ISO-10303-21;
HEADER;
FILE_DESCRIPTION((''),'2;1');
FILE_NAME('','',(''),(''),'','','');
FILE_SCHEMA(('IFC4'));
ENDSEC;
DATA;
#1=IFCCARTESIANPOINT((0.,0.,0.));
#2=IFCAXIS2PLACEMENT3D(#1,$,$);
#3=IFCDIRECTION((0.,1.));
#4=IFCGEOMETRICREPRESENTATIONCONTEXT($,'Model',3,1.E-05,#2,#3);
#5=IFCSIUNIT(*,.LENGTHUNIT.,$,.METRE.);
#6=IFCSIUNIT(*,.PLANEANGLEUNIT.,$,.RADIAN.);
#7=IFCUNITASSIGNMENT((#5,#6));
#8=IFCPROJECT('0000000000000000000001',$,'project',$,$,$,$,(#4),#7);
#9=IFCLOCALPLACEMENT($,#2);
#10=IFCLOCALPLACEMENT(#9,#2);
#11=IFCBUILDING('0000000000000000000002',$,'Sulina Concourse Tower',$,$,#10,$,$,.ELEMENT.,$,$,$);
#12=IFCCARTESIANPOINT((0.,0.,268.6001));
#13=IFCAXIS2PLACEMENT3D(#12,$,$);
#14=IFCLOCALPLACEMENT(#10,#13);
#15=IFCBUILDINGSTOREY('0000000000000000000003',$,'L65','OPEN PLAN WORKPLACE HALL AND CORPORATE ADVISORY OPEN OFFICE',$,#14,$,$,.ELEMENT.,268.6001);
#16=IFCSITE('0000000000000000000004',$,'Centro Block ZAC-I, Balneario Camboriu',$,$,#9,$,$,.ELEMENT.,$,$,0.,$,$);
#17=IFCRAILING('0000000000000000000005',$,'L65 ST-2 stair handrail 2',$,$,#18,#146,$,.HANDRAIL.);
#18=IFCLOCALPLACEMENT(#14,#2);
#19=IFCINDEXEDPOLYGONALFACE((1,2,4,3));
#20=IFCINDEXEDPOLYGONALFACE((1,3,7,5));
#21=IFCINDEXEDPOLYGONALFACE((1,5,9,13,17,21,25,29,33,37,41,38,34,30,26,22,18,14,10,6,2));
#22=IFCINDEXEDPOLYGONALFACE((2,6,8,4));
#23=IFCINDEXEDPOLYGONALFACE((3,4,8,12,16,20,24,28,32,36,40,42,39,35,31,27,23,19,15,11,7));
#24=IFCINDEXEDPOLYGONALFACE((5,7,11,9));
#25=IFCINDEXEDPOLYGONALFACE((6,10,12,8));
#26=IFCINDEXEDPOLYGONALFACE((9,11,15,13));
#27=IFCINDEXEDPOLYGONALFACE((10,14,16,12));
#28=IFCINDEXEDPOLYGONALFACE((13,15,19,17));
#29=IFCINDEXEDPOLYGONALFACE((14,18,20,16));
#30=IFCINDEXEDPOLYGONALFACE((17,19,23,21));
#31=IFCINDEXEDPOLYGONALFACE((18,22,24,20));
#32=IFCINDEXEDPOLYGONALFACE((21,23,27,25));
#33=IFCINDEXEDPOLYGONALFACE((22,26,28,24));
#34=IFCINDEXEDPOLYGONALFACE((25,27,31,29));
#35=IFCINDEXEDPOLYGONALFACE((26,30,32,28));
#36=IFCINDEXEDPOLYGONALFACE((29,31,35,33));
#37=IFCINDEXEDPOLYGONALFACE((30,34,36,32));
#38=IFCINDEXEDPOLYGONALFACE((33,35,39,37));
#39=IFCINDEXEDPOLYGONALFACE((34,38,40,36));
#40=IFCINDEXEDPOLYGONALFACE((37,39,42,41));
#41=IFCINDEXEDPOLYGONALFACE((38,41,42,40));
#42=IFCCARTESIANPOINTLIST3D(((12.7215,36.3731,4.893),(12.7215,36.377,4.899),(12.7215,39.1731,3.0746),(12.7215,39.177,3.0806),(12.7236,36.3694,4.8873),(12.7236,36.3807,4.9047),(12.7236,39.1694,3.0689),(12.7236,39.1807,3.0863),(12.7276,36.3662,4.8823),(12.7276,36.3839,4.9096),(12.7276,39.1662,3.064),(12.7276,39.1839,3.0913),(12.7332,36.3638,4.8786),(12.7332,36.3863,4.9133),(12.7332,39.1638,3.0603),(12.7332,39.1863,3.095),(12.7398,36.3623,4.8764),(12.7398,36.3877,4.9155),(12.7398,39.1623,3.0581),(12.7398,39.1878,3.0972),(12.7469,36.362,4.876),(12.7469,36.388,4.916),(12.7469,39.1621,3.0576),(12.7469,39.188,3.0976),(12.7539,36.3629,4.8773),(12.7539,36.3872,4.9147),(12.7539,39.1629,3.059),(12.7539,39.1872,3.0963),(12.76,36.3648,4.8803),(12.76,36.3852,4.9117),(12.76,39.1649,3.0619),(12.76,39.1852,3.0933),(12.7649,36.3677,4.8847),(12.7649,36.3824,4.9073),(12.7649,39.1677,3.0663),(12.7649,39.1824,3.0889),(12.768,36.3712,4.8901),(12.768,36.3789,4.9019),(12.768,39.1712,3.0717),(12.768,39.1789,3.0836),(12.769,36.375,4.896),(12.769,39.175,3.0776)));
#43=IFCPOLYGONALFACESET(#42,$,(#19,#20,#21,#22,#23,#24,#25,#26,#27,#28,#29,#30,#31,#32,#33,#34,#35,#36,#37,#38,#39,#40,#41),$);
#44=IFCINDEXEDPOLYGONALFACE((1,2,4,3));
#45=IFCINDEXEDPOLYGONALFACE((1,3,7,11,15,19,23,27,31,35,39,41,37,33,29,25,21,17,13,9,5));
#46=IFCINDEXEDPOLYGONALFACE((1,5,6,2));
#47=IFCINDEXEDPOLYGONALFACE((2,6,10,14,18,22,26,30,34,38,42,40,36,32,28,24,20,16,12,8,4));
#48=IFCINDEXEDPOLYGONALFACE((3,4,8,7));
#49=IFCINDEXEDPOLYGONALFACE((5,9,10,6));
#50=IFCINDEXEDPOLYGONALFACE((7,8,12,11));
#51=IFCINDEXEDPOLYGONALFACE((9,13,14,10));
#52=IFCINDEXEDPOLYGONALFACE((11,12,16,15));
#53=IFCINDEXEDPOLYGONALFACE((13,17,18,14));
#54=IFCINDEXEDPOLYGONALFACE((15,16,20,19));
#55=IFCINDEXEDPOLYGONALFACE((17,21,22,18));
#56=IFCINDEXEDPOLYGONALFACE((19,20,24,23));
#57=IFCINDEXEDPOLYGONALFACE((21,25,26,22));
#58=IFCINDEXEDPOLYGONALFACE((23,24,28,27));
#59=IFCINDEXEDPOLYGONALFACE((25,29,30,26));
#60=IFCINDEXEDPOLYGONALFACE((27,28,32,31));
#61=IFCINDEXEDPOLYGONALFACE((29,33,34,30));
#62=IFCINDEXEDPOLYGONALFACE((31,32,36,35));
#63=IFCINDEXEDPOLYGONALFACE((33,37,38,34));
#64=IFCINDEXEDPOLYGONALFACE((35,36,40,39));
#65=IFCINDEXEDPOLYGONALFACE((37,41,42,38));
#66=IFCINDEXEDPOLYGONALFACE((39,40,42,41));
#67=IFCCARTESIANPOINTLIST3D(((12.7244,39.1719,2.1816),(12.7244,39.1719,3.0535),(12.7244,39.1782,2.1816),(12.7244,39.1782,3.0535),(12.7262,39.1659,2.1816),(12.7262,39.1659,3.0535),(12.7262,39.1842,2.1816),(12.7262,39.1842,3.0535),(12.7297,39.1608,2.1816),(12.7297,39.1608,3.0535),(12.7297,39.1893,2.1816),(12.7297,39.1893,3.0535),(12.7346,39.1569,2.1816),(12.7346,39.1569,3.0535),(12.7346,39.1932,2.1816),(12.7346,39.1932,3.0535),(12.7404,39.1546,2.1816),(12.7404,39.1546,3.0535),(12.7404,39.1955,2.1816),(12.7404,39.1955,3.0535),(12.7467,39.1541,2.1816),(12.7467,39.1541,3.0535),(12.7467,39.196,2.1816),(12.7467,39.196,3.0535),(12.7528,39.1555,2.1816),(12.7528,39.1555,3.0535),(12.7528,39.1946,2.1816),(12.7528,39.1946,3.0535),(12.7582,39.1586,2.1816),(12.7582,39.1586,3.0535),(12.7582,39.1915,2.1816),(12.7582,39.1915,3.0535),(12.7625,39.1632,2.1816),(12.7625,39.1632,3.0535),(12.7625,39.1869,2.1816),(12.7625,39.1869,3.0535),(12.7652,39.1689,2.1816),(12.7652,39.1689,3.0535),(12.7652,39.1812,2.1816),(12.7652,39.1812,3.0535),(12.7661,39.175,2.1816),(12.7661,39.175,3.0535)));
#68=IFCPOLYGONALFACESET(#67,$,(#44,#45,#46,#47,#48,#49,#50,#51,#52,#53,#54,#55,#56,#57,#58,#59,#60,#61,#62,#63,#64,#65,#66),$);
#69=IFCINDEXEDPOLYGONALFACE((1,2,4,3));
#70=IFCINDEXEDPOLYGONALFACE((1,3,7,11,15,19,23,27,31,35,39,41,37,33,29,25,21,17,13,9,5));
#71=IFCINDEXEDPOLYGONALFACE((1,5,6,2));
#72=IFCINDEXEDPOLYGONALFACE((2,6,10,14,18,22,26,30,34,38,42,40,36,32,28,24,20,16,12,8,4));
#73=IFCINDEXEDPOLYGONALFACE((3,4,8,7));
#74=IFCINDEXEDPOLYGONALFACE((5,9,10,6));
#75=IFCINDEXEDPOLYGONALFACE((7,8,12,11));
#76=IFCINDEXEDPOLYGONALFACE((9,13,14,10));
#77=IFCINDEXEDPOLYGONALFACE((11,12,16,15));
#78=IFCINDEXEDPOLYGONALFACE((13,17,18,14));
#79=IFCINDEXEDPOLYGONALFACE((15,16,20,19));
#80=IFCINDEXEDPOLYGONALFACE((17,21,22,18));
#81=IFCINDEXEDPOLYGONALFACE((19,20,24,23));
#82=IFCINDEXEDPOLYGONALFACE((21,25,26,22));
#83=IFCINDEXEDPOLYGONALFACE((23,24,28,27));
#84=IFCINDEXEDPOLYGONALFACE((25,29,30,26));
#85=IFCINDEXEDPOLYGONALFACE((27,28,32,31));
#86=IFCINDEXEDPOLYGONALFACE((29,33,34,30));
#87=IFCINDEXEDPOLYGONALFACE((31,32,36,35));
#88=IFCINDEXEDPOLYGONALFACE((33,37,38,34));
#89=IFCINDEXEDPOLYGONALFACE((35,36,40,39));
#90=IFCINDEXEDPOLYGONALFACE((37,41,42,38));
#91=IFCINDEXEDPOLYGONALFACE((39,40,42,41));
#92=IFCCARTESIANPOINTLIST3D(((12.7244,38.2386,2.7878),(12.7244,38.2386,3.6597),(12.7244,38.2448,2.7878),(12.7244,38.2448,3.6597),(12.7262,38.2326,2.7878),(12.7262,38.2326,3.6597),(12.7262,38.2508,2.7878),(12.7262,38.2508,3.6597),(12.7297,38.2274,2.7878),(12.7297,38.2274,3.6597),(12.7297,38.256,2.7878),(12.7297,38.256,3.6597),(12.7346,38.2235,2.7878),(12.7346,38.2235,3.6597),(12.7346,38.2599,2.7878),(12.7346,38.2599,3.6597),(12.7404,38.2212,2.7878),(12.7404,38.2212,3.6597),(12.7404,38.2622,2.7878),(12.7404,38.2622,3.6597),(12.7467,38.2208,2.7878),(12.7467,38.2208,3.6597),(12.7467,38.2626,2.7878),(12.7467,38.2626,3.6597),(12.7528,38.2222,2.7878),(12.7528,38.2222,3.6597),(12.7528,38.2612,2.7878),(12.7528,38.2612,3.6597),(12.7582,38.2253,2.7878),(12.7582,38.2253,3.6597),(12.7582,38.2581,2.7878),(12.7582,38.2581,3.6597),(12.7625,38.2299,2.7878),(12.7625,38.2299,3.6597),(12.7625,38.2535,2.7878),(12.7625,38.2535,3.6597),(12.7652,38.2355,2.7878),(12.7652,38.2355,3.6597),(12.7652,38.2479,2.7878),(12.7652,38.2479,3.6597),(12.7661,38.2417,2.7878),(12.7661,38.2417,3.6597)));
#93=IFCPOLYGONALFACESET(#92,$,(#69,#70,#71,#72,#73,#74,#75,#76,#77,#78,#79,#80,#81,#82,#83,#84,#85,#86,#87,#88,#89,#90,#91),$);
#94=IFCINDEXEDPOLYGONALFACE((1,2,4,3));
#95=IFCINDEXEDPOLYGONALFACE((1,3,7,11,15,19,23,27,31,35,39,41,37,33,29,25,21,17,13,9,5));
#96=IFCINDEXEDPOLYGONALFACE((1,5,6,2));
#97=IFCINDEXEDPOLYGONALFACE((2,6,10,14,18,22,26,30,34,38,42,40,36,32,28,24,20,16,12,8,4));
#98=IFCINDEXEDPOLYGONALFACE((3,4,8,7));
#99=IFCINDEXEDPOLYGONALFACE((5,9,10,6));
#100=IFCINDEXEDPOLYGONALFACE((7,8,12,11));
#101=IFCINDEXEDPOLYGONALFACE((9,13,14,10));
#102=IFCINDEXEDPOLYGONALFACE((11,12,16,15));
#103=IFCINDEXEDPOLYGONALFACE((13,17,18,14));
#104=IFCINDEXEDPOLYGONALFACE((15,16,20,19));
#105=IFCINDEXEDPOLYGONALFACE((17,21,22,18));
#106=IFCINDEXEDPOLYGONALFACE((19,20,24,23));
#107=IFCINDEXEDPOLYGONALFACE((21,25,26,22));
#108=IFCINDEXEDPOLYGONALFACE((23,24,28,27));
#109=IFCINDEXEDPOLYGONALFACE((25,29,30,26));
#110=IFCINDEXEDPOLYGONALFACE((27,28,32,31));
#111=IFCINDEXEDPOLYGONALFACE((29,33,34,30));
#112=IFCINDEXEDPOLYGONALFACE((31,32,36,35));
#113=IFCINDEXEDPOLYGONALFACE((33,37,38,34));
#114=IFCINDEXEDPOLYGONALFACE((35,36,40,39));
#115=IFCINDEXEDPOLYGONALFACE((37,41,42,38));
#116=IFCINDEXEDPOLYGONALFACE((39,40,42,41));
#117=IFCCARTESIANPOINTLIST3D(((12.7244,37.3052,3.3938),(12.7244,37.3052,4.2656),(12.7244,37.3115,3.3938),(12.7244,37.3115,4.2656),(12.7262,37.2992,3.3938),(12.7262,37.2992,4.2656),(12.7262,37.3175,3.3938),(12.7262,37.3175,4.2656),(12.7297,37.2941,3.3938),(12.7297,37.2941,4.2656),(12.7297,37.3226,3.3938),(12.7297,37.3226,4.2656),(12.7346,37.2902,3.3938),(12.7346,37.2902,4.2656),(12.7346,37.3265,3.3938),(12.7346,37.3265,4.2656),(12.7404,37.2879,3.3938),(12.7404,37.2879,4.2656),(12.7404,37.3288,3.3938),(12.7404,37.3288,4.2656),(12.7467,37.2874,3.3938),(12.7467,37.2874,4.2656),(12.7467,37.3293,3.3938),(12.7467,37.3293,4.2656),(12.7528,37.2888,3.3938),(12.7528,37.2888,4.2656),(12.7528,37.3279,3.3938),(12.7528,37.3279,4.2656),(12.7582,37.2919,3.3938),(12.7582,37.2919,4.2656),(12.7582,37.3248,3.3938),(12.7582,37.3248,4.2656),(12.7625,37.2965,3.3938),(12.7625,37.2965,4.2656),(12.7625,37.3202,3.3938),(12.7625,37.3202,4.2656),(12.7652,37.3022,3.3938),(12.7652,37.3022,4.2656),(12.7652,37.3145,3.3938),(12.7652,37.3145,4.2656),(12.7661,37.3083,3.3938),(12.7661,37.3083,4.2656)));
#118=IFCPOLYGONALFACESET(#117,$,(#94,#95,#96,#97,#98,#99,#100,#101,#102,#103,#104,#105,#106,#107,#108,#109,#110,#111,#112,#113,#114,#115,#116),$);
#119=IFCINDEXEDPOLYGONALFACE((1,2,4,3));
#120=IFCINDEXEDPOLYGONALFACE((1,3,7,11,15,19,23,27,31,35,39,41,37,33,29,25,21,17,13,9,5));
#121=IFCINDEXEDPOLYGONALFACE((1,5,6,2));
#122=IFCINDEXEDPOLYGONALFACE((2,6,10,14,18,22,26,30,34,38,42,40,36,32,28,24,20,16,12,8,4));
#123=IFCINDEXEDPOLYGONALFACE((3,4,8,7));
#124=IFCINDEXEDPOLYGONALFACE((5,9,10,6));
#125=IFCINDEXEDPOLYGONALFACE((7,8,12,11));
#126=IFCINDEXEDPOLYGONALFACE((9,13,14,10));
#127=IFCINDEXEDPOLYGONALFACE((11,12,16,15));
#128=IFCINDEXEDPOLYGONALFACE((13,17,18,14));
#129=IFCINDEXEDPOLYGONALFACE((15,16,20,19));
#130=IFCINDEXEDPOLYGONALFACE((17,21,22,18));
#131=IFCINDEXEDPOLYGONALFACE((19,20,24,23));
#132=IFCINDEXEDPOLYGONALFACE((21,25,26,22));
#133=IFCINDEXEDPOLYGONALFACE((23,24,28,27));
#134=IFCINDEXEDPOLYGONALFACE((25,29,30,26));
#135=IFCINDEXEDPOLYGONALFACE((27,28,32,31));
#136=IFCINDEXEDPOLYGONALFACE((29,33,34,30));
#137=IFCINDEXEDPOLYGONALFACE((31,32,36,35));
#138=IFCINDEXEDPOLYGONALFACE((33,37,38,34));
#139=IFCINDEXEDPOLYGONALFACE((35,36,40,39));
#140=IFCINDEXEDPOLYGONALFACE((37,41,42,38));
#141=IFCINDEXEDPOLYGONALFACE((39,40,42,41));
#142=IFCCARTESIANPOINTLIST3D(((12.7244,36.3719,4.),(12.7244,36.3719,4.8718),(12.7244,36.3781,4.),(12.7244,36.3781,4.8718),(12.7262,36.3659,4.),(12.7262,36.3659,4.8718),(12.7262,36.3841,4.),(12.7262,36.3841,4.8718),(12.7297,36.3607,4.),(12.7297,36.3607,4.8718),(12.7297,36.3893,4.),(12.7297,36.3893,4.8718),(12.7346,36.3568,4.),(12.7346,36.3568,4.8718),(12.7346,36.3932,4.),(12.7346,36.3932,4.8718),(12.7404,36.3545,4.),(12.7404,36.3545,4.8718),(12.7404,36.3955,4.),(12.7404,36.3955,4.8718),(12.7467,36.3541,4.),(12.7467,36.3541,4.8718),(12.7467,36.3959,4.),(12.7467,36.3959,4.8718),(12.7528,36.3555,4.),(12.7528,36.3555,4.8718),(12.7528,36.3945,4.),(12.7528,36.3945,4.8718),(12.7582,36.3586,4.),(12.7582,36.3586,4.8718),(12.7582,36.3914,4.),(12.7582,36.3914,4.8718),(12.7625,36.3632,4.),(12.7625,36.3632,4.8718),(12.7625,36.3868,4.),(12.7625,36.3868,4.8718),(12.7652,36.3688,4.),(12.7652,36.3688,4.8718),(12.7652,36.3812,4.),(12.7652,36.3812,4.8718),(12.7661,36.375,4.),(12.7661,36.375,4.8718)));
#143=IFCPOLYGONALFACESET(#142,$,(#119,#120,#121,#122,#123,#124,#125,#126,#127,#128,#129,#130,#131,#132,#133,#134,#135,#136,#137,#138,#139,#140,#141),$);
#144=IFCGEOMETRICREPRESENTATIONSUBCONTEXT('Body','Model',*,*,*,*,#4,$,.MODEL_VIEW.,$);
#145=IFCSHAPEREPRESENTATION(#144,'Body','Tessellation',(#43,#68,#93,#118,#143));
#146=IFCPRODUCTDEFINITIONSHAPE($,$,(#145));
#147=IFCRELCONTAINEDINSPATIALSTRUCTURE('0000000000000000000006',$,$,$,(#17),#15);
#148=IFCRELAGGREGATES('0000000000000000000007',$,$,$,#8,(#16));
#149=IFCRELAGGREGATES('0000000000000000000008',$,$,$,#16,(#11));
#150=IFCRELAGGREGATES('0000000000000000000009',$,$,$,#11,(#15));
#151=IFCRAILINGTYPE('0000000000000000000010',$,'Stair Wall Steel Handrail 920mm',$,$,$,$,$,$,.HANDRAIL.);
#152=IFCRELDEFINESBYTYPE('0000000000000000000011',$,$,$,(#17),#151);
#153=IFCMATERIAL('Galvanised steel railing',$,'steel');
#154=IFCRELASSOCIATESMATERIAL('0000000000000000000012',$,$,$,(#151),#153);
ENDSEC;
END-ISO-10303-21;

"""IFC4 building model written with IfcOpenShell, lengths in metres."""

from ifc_helpers import new_model, si_unit, direction, frame, origin, origin_2d, place, context, subcontext, project, spatial, circle, extrude, material, type_object, element, save


model = new_model("IFC4")

# Units and contexts
model_context = context("Model", 3, precision=1e-05, world=origin(), true_north=direction((0.0, 1.0)))
body_context = subcontext(model_context, "Body", "Model", "MODEL_VIEW")
ifc_project = project(units=[si_unit("LENGTHUNIT", "METRE"), si_unit("PLANEANGLEUNIT", "RADIAN")], contexts=[model_context])

# Site, building, storey
site_placement = place(None, origin())
site = spatial("IfcSite", under=ifc_project, at=site_placement, Name="Centro Block ZAC-I, Balneario Camboriu", CompositionType="ELEMENT", RefElevation=0.0)
building_placement = place(site_placement, origin())
building = spatial("IfcBuilding", under=site, at=building_placement, Name="Sulina Concourse Tower", CompositionType="ELEMENT")
storey_placement = place(building_placement, frame((0.0, 0.0, 268.6001)))
storey = spatial("IfcBuildingStorey", under=building, at=storey_placement, Name="L65", Description="OPEN PLAN WORKPLACE HALL AND CORPORATE ADVISORY OPEN OFFICE", CompositionType="ELEMENT", Elevation=268.6001)

# Railing
ifc_material_1 = material(Name="Galvanised steel railing", Category="steel")
railing_type_1 = type_object("IfcRailingType", Name="Stair Wall Steel Handrail 920mm", PredefinedType="HANDRAIL", material=ifc_material_1)
railing_1_placement = place(storey_placement, frame((12.7451, 39.175, 2.1816)))
element("IfcRailing", 1, at=railing_1_placement, inside=storey, type_object=railing_type_1, Name="L65 ST-2 stair handrail 2", PredefinedType="HANDRAIL", context=body_context, shape_type="SweptSolid", body=[
    extrude(circle(Radius=0.0239, at=origin_2d()), frame((0.0, 0.0, 0.896), z_axis=(0.0, -0.838672, 0.544636), x_axis=(1.0, 0.0, 0.0)), (0.0, 0.0, 1.0), 3.3386),
    extrude(circle(Radius=0.021, at=origin_2d()), origin(), (0.0, 0.0, 1.0), 0.8718),
    extrude(circle(Radius=0.021, at=origin_2d()), frame((0.0, -0.9333, 0.6062)), (0.0, 0.0, 1.0), 0.8718),
    extrude(circle(Radius=0.021, at=origin_2d()), frame((0.0, -1.8667, 1.2122)), (0.0, 0.0, 1.0), 0.8718),
    extrude(circle(Radius=0.021, at=origin_2d()), frame((0.0, -2.8, 1.8184)), (0.0, 0.0, 1.0), 0.8718),
])

save(model, "model.ifc")
